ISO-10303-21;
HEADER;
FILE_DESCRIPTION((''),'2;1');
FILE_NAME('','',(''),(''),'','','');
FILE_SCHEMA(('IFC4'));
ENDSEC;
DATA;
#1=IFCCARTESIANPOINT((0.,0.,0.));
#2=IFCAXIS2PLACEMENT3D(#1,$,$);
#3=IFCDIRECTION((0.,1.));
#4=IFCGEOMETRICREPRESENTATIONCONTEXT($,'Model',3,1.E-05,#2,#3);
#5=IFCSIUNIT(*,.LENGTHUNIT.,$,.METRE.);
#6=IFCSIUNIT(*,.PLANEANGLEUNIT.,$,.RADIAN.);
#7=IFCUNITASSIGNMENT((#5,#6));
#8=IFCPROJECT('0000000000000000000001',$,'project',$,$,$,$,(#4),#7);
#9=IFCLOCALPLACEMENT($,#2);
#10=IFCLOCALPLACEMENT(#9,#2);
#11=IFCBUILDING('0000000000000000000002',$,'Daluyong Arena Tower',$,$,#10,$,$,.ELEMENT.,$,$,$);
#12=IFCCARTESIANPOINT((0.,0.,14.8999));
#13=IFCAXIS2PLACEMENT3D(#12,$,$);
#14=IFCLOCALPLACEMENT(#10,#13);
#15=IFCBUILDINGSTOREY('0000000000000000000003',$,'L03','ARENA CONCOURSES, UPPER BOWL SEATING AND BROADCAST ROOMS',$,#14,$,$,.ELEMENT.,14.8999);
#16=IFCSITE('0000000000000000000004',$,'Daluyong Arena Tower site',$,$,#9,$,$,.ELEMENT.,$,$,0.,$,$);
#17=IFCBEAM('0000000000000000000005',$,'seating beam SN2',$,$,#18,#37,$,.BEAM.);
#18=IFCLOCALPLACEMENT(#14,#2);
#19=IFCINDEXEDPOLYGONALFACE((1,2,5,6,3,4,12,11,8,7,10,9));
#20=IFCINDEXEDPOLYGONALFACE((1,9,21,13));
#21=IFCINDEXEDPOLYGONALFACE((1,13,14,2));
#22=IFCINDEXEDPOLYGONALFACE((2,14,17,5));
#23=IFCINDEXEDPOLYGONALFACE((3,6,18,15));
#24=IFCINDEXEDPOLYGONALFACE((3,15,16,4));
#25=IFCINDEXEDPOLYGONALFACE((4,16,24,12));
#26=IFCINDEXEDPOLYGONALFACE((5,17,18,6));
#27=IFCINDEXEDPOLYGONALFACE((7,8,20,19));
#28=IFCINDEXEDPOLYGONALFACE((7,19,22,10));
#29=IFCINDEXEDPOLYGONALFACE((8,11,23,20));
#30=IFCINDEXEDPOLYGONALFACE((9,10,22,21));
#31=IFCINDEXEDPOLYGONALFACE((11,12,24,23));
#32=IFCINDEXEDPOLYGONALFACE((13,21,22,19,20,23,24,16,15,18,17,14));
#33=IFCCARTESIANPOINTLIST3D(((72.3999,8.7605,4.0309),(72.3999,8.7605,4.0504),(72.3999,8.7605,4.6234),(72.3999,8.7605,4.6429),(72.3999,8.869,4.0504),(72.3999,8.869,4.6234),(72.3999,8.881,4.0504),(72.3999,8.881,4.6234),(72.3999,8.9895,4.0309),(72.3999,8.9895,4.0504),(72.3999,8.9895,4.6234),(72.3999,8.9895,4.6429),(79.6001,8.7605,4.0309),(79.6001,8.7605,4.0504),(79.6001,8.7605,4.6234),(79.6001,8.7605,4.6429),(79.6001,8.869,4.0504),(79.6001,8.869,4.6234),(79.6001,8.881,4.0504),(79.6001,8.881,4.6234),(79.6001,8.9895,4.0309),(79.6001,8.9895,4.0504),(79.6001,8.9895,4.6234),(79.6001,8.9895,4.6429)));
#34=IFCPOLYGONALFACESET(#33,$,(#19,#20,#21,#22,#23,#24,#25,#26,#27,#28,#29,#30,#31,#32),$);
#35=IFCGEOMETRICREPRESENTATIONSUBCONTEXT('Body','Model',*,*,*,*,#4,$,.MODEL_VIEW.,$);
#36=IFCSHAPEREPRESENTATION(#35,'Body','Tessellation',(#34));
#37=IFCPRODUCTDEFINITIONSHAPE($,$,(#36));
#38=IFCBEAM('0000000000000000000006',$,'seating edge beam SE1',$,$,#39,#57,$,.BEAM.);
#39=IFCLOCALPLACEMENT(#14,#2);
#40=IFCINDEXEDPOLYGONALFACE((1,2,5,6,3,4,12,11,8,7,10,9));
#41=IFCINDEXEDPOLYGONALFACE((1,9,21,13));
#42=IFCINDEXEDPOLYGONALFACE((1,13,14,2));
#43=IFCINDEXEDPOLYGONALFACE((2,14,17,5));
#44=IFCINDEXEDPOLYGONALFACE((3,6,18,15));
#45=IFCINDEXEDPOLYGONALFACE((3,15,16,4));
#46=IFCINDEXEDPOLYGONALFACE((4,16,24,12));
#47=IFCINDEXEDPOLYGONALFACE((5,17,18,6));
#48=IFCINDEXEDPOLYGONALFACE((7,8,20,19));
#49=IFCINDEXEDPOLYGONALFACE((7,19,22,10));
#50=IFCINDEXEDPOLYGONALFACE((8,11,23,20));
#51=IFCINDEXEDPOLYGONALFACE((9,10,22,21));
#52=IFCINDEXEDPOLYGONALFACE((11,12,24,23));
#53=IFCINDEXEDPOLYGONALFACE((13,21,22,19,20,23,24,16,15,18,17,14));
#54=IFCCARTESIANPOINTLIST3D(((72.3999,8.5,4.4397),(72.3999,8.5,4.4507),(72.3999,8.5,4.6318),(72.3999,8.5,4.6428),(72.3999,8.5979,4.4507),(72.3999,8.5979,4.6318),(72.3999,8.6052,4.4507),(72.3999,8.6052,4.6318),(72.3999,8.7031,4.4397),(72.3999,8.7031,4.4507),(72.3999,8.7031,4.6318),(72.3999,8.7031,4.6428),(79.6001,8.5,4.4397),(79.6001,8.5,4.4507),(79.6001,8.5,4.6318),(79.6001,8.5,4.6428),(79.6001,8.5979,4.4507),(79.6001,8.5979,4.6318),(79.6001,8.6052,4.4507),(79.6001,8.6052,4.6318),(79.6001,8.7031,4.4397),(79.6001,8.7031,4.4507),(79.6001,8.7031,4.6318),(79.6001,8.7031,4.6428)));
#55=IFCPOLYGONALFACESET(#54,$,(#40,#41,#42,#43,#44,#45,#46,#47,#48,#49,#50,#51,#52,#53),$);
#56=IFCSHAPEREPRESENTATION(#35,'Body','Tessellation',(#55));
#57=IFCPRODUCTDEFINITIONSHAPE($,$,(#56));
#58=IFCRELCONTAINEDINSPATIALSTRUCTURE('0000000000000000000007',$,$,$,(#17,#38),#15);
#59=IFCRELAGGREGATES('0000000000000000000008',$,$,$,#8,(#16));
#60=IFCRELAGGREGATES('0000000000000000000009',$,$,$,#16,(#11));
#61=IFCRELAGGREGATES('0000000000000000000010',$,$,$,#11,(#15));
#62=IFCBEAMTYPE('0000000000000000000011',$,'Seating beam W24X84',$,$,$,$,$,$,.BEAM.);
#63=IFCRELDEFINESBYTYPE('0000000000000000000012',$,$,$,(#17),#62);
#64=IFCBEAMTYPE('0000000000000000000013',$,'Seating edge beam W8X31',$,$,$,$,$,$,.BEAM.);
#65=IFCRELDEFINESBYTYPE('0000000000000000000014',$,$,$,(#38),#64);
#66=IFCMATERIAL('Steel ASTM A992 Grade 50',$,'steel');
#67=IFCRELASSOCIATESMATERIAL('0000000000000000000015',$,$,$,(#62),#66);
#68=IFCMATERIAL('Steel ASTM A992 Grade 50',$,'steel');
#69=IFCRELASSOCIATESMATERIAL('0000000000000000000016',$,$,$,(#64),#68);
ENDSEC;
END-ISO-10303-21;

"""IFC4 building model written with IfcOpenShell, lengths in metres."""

from ifc_helpers import new_model, si_unit, direction, frame, origin, origin_2d, place, context, subcontext, project, spatial, i_section, extrude, material, material_profile, profile_set, type_object, element, save


model = new_model("IFC4")

# Units and contexts
model_context = context("Model", 3, precision=1e-05, world=origin(), true_north=direction((0.0, 1.0)))
body_context = subcontext(model_context, "Body", "Model", "MODEL_VIEW")
ifc_project = project(units=[si_unit("LENGTHUNIT", "METRE"), si_unit("PLANEANGLEUNIT", "RADIAN")], contexts=[model_context])

# Site, building, storey
site_placement = place(None, origin())
site = spatial("IfcSite", under=ifc_project, at=site_placement, Name="Daluyong Arena Tower site", CompositionType="ELEMENT", RefElevation=0.0)
building_placement = place(site_placement, origin())
building = spatial("IfcBuilding", under=site, at=building_placement, Name="Daluyong Arena Tower", CompositionType="ELEMENT")
storey_placement = place(building_placement, frame((0.0, 0.0, 14.8999)))
storey = spatial("IfcBuildingStorey", under=building, at=storey_placement, Name="L03", Description="ARENA CONCOURSES, UPPER BOWL SEATING AND BROADCAST ROOMS", CompositionType="ELEMENT", Elevation=14.8999)

# Beams
ifc_material_1 = material(Name="Steel ASTM A992 Grade 50", Category="steel")
ifc_material_profile_1 = material_profile(ifc_material_1, i_section(OverallWidth=0.229, OverallDepth=0.6121, WebThickness=0.012, FlangeThickness=0.0195, at=origin_2d()))
ifc_profile_set_1 = profile_set([ifc_material_profile_1], Name="Steel ASTM A992 Grade 50")
beam_type_1 = type_object("IfcBeamType", Name="Seating beam W24X84", PredefinedType="BEAM", material=ifc_profile_set_1)
beam_1_placement = place(storey_placement, frame((72.3999, 8.875, 4.3369), z_axis=(1.0, 0.0, 0.0), x_axis=(0.0, 1.0, 0.0)))
element("IfcBeam", 1, at=beam_1_placement, inside=storey, type_object=beam_type_1, Name="seating beam SN2", PredefinedType="BEAM", context=body_context, shape_type="SweptSolid", body=[
    extrude(i_section(OverallWidth=0.229, OverallDepth=0.6121, WebThickness=0.012, FlangeThickness=0.0195, at=origin_2d()), origin(), (0.0, 0.0, 1.0), 7.2002),
])
ifc_material_2 = material(Name="Steel ASTM A992 Grade 50", Category="steel")
ifc_material_profile_2 = material_profile(ifc_material_2, i_section(OverallWidth=0.2031, OverallDepth=0.2031, WebThickness=0.0073, FlangeThickness=0.011, at=origin_2d()))
ifc_profile_set_2 = profile_set([ifc_material_profile_2], Name="Steel ASTM A992 Grade 50")
beam_type_2 = type_object("IfcBeamType", Name="Seating edge beam W8X31", PredefinedType="BEAM", material=ifc_profile_set_2)
beam_2_placement = place(storey_placement, frame((72.3999, 8.6016, 4.5413), z_axis=(1.0, 0.0, 0.0), x_axis=(0.0, 1.0, 0.0)))
element("IfcBeam", 2, at=beam_2_placement, inside=storey, type_object=beam_type_2, Name="seating edge beam SE1", PredefinedType="BEAM", context=body_context, shape_type="SweptSolid", body=[
    extrude(i_section(OverallWidth=0.2031, OverallDepth=0.2031, WebThickness=0.0073, FlangeThickness=0.011, at=origin_2d()), origin(), (0.0, 0.0, 1.0), 7.2002),
])

save(model, "model.ifc")
